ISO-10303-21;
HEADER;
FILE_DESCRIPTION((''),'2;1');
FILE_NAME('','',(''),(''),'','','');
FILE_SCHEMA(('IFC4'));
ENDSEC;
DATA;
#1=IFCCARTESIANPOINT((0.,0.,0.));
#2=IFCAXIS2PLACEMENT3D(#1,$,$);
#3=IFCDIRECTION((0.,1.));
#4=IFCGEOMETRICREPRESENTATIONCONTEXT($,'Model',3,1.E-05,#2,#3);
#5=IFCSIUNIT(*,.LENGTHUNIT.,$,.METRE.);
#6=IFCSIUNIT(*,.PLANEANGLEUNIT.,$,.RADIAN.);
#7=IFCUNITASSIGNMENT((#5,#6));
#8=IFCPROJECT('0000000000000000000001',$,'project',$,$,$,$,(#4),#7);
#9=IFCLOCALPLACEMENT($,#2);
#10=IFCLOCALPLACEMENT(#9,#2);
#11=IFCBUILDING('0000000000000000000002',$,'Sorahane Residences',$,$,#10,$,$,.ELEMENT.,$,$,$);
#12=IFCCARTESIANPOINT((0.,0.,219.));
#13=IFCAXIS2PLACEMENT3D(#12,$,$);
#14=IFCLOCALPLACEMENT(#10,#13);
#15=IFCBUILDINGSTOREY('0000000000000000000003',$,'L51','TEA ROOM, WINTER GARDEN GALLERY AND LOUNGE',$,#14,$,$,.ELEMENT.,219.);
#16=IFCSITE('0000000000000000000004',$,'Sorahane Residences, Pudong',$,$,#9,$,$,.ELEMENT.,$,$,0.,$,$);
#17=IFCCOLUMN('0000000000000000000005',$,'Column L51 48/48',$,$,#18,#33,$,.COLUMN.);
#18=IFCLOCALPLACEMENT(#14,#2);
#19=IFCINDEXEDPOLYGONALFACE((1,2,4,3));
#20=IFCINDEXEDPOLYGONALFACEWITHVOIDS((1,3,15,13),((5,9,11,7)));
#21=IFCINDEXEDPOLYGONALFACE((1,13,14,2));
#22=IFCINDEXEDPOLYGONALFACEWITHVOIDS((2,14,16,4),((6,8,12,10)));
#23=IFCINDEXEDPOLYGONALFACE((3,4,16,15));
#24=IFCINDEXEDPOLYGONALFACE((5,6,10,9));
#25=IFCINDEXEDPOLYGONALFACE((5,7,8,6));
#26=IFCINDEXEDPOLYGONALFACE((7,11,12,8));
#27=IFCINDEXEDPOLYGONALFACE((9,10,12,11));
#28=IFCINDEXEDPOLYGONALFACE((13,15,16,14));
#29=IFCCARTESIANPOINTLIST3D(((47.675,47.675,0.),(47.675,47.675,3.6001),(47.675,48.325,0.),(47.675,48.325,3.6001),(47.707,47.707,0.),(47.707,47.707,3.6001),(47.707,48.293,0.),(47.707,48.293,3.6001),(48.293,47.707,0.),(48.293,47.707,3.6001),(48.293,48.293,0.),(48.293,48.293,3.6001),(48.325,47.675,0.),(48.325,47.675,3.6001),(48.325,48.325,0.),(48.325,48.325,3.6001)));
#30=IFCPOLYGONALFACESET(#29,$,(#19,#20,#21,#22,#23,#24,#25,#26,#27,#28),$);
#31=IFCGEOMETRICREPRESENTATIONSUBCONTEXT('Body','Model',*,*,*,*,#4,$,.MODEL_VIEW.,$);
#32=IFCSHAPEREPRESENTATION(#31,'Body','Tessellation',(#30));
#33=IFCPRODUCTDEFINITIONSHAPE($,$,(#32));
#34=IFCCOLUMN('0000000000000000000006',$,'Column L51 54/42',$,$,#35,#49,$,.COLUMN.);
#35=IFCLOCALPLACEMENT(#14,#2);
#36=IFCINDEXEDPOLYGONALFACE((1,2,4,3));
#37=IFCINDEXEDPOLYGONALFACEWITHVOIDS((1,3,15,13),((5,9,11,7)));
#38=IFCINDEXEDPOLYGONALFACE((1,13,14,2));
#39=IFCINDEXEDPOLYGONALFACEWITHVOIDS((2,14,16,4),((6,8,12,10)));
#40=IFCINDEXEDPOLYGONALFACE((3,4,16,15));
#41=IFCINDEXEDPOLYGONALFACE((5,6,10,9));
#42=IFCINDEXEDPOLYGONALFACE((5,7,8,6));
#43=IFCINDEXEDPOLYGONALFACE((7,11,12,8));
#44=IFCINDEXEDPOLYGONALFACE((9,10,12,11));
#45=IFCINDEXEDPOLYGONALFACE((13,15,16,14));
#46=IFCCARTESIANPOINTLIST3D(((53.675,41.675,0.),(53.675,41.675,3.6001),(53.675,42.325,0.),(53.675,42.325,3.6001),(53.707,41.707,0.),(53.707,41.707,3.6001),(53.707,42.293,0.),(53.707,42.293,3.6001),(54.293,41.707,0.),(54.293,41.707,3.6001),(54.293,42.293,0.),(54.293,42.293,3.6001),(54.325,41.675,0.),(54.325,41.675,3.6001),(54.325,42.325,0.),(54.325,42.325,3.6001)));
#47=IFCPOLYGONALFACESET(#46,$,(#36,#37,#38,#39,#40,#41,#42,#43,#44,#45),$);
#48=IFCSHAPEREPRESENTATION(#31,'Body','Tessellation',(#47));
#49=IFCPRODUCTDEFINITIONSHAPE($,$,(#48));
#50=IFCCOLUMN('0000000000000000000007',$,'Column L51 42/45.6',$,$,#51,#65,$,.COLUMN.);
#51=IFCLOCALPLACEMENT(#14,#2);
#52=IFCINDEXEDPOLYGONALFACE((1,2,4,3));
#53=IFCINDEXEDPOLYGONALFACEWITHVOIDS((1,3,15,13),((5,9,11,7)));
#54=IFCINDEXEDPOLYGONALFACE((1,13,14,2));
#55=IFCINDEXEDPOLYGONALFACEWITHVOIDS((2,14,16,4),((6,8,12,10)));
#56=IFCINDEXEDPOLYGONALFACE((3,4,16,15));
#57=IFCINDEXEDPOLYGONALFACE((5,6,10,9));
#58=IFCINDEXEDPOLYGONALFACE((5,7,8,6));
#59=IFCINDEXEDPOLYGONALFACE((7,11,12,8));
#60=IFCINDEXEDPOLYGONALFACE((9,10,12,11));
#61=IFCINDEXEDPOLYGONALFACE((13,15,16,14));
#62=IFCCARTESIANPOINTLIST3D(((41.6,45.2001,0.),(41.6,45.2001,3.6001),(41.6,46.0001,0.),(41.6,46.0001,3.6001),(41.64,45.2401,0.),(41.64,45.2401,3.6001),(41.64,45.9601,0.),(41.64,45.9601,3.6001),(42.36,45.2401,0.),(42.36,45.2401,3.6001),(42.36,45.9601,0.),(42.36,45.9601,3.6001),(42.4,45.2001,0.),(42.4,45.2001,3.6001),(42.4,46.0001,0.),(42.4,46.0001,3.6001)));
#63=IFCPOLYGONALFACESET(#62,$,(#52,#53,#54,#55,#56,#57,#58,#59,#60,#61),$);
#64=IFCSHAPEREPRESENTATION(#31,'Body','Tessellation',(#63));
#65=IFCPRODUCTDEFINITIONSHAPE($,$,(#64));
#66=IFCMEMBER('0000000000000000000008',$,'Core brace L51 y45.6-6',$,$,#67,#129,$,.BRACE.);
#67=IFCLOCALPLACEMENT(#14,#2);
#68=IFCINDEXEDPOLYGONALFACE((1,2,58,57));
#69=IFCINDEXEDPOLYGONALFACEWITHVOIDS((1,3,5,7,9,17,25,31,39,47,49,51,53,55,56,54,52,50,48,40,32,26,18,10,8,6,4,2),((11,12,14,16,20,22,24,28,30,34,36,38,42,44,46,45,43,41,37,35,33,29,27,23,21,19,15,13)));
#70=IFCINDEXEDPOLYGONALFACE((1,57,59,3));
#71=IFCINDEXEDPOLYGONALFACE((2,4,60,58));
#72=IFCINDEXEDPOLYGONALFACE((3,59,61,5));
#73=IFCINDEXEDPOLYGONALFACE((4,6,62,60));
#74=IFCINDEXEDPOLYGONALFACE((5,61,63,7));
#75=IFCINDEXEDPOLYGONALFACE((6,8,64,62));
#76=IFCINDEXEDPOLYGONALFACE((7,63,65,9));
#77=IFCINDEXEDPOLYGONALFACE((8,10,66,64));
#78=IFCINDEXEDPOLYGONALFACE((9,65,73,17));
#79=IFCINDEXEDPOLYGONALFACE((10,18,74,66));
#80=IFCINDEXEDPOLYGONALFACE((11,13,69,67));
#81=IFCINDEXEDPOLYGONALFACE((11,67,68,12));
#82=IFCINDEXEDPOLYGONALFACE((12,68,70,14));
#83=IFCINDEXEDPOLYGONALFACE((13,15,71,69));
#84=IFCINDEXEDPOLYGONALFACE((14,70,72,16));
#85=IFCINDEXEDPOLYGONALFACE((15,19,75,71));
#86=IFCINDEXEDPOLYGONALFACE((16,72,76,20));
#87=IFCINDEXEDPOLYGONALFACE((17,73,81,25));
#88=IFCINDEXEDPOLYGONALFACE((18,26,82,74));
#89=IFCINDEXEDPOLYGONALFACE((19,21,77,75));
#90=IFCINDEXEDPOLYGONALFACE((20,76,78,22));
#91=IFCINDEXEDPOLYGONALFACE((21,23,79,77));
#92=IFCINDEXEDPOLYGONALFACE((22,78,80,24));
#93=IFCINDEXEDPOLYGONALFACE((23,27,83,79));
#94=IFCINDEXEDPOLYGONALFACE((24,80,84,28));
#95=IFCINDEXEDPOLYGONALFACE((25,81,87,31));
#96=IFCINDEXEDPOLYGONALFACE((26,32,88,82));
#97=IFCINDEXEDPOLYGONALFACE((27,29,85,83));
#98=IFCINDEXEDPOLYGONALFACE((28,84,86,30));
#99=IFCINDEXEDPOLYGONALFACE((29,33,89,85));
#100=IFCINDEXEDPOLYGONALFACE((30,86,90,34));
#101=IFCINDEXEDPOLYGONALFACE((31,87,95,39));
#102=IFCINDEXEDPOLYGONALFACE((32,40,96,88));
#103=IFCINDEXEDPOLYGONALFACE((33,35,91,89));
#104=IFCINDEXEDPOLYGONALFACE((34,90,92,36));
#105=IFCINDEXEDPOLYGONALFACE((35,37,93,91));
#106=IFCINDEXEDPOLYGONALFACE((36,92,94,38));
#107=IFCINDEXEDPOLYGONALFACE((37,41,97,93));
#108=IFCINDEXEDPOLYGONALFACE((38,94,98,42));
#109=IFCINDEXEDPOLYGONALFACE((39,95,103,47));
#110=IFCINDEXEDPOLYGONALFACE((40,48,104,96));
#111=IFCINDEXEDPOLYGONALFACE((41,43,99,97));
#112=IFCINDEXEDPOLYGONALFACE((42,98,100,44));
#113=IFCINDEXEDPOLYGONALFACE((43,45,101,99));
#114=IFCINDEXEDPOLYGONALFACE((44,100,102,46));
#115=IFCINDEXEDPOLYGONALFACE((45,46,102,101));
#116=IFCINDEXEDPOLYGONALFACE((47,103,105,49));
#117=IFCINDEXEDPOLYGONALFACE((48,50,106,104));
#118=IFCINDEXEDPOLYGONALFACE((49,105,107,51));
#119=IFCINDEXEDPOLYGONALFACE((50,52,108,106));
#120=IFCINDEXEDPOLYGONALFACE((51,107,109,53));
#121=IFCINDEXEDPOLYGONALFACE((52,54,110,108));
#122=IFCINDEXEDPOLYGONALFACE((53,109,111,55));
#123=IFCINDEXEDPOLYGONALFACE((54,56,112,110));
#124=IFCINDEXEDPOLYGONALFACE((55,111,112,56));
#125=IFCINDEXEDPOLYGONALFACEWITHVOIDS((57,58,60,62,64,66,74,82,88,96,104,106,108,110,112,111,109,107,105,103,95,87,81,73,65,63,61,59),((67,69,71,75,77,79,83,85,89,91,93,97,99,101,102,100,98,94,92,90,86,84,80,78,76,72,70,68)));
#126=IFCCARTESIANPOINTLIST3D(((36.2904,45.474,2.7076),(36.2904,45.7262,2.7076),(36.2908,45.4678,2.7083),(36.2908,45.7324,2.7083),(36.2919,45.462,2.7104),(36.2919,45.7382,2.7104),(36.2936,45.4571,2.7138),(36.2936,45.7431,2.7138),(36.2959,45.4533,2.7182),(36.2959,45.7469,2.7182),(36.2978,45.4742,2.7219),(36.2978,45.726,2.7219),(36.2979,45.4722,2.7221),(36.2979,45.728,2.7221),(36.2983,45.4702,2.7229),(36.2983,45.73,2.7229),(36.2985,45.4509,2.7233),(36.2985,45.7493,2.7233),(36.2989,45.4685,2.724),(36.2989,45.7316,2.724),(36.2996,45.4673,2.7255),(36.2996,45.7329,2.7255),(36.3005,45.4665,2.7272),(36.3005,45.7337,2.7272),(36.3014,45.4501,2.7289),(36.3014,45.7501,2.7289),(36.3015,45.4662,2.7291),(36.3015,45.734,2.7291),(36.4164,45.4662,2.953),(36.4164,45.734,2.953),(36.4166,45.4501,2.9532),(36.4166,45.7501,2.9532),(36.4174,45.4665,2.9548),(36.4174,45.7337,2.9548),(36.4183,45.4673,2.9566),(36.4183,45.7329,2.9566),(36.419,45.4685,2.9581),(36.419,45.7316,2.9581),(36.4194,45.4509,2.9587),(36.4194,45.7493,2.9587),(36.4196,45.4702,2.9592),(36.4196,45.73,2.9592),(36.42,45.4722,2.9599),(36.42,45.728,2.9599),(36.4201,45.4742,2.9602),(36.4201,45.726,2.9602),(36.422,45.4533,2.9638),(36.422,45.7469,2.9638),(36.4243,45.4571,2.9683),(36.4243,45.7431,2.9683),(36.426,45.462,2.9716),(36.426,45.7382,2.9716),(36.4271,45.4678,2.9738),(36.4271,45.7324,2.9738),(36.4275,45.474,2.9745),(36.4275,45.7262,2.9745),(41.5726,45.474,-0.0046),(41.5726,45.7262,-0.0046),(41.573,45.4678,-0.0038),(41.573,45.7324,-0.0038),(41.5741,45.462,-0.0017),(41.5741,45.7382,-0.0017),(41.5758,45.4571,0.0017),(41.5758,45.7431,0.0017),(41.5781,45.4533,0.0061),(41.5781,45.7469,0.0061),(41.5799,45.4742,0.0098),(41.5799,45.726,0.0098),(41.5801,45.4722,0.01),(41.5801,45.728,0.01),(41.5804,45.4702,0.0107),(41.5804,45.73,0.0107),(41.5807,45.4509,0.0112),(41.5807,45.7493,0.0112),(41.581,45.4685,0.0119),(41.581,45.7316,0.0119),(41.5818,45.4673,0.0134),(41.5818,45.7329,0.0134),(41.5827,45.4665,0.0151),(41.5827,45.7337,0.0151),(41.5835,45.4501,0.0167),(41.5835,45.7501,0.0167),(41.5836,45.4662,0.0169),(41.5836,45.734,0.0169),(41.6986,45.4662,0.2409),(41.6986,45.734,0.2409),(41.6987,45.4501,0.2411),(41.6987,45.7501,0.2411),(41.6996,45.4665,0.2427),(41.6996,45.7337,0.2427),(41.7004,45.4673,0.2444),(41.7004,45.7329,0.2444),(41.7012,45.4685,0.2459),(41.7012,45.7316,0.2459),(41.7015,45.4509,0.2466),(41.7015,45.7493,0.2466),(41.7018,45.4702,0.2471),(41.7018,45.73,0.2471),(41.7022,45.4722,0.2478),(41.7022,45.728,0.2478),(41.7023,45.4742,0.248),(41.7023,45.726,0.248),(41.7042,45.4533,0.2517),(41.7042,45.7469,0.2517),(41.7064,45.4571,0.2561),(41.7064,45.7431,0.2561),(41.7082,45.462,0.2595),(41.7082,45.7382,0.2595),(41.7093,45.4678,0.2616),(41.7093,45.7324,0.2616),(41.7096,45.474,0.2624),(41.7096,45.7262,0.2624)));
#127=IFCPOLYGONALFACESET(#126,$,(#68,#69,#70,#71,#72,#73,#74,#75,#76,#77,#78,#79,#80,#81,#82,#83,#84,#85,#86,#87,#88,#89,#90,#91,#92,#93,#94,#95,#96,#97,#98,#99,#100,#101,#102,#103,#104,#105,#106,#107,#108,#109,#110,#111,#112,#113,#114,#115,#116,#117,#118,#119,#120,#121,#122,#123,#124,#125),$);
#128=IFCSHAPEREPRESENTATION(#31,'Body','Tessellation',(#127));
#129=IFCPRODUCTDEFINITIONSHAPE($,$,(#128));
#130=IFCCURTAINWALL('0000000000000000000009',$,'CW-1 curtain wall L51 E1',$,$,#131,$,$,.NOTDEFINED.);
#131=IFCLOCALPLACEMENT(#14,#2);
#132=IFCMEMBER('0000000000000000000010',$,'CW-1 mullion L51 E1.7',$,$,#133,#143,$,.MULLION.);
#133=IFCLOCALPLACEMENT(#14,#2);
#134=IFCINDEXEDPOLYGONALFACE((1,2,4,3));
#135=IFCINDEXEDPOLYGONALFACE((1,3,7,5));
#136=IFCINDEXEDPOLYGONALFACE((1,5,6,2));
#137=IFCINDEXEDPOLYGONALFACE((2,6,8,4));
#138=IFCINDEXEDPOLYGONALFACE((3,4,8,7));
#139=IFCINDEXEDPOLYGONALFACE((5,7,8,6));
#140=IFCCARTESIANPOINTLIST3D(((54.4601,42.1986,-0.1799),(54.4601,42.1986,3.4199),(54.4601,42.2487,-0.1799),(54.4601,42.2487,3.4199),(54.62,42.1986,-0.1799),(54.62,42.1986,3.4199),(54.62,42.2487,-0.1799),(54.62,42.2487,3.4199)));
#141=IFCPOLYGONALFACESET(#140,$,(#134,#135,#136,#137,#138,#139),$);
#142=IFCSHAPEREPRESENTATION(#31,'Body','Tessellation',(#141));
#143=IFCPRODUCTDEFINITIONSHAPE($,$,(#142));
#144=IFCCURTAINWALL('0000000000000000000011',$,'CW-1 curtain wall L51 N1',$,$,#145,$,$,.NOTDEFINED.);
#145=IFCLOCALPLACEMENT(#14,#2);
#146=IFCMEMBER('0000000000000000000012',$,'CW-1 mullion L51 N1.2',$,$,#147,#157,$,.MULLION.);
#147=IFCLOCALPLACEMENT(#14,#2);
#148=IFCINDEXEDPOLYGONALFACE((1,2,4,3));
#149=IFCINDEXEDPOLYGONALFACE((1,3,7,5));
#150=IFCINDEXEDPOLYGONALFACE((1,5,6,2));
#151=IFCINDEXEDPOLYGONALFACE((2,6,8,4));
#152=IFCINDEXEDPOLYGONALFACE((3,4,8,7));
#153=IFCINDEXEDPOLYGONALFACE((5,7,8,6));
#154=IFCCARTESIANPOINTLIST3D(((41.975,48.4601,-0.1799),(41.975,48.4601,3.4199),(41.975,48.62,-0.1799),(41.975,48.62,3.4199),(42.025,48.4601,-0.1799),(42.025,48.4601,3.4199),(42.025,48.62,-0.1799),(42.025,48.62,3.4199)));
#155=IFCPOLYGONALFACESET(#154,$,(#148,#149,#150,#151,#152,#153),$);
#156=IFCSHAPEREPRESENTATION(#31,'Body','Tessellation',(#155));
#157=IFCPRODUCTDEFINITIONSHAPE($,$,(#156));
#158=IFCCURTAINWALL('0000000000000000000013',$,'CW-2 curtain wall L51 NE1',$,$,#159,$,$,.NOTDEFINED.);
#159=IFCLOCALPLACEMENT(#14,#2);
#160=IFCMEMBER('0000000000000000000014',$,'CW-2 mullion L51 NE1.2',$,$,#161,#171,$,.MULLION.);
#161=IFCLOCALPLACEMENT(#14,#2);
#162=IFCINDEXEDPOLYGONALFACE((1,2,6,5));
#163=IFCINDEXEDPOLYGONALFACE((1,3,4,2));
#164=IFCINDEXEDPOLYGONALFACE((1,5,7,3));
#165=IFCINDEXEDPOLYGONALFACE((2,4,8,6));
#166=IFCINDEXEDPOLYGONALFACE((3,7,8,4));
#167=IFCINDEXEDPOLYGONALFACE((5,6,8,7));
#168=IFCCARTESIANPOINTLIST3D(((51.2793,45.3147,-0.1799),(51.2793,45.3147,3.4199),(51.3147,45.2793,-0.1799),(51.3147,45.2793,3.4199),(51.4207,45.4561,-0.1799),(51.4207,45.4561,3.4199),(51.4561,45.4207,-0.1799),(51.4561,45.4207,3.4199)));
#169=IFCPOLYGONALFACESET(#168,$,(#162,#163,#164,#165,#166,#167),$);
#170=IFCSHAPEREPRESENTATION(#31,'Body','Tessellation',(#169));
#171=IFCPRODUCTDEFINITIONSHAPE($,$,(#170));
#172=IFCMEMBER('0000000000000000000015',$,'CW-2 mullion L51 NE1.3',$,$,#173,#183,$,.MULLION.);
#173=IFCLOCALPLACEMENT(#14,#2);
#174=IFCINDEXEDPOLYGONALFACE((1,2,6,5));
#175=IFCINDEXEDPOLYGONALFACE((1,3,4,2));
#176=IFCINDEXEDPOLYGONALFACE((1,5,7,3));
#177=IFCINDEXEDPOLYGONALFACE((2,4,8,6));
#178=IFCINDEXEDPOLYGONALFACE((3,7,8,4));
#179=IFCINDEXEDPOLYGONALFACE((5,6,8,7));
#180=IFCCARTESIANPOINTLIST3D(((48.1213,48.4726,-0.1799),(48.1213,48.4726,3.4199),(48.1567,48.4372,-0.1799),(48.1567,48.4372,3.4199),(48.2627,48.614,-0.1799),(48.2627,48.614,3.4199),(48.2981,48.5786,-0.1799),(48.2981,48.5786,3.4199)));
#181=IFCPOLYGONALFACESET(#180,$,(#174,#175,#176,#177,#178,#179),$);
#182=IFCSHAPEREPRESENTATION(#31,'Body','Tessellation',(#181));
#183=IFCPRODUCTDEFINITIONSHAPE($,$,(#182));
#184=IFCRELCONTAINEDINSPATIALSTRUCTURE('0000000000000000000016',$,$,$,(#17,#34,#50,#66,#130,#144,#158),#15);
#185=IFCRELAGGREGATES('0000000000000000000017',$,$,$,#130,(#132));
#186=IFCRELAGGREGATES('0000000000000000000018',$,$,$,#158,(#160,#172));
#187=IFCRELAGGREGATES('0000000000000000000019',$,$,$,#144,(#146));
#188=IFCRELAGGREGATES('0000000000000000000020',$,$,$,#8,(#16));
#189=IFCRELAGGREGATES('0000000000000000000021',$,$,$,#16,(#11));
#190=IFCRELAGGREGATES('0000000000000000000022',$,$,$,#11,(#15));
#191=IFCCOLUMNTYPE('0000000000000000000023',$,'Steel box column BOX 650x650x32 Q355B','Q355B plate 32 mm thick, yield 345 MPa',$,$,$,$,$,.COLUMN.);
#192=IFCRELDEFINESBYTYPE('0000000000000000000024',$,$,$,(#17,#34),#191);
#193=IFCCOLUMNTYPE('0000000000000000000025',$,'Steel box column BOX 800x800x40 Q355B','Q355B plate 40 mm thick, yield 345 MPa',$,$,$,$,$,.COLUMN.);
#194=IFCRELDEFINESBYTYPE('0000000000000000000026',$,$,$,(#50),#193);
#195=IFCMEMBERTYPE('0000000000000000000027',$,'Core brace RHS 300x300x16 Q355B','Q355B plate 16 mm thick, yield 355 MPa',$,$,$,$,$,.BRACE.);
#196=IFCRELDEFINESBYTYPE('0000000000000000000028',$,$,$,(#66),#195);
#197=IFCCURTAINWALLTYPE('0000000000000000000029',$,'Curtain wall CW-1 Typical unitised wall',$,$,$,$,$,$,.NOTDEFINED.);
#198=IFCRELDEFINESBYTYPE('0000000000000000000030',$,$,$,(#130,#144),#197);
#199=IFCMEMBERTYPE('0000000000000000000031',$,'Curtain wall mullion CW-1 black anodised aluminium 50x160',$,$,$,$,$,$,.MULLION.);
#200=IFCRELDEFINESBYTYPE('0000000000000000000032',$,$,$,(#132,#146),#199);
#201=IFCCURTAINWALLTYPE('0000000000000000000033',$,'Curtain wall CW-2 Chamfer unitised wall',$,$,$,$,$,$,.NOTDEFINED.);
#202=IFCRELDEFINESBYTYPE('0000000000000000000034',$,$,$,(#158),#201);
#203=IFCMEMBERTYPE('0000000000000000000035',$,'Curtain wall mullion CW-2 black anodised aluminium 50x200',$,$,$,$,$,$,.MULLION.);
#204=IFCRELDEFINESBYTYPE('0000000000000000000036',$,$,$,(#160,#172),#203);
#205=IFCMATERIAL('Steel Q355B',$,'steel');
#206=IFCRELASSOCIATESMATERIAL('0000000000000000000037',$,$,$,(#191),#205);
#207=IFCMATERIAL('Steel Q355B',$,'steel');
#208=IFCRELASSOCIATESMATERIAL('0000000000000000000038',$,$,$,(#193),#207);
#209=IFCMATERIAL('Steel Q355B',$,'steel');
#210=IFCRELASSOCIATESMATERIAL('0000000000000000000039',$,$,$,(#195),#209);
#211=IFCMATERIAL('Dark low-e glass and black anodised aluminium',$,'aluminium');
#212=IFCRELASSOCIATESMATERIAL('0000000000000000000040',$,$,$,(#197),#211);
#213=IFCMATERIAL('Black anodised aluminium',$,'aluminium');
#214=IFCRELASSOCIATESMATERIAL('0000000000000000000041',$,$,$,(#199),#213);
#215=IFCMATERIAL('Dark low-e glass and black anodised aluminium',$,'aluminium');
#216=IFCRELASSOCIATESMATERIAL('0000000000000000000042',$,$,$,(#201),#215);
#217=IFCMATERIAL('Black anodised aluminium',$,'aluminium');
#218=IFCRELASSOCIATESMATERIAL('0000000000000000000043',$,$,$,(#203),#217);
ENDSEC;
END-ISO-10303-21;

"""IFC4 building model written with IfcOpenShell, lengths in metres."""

from ifc_helpers import new_model, si_unit, direction, frame, origin, origin_2d, place, context, subcontext, project, spatial, rectangle, hollow_rectangle, extrude, material, material_profile, profile_set, type_object, element, aggregate, save


model = new_model("IFC4")

# Units and contexts
model_context = context("Model", 3, precision=1e-05, world=origin(), true_north=direction((0.0, 1.0)))
body_context = subcontext(model_context, "Body", "Model", "MODEL_VIEW")
ifc_project = project(units=[si_unit("LENGTHUNIT", "METRE"), si_unit("PLANEANGLEUNIT", "RADIAN")], contexts=[model_context])

# Site, building, storey
site_placement = place(None, origin())
site = spatial("IfcSite", under=ifc_project, at=site_placement, Name="Sorahane Residences, Pudong", CompositionType="ELEMENT", RefElevation=0.0)
building_placement = place(site_placement, origin())
building = spatial("IfcBuilding", under=site, at=building_placement, Name="Sorahane Residences", CompositionType="ELEMENT")
storey_placement = place(building_placement, frame((0.0, 0.0, 219.0)))
storey = spatial("IfcBuildingStorey", under=building, at=storey_placement, Name="L51", Description="TEA ROOM, WINTER GARDEN GALLERY AND LOUNGE", CompositionType="ELEMENT", Elevation=219.0)

# Columns
ifc_material_1 = material(Name="Steel Q355B", Category="steel")
ifc_material_profile_1 = material_profile(ifc_material_1, hollow_rectangle(XDim=0.6499, YDim=0.6499, WallThickness=0.032, at=origin_2d()), Name="BOX 650x650x32")
ifc_profile_set_1 = profile_set([ifc_material_profile_1], Name="Steel Q355B")
column_type_1 = type_object("IfcColumnType", Name="Steel box column BOX 650x650x32 Q355B", Description="Q355B plate 32 mm thick, yield 345 MPa", PredefinedType="COLUMN", material=ifc_profile_set_1)
for number, where, z_axis, x_axis, name in (
    (1, (48.0, 48.0, 0.0), (0.0, 0.0, 1.0), (1.0, 0.0, 0.0), "Column L51 48/48"),
    (2, (54.0, 42.0, 0.0), (0.0, 0.0, 1.0), (1.0, 0.0, 0.0), "Column L51 54/42"),
):
    element("IfcColumn", number, at=place(storey_placement, frame(where, z_axis=z_axis, x_axis=x_axis)), inside=storey, type_object=column_type_1, Name=name, PredefinedType="COLUMN", context=body_context, shape_type="SweptSolid", body=[
        extrude(hollow_rectangle(XDim=0.6499, YDim=0.6499, WallThickness=0.032, at=origin_2d()), origin(), (0.0, 0.0, 1.0), 3.6001),
    ])
ifc_material_2 = material(Name="Steel Q355B", Category="steel")
ifc_material_profile_2 = material_profile(ifc_material_2, hollow_rectangle(XDim=0.8, YDim=0.8, WallThickness=0.04, at=origin_2d()), Name="BOX 800x800x40")
ifc_profile_set_2 = profile_set([ifc_material_profile_2], Name="Steel Q355B")
column_type_2 = type_object("IfcColumnType", Name="Steel box column BOX 800x800x40 Q355B", Description="Q355B plate 40 mm thick, yield 345 MPa", PredefinedType="COLUMN", material=ifc_profile_set_2)
column_placement = place(storey_placement, frame((42.0, 45.6001, 0.0), z_axis=(0.0, 0.0, 1.0), x_axis=(1.0, 0.0, 0.0)))
element("IfcColumn", 3, at=column_placement, inside=storey, type_object=column_type_2, Name="Column L51 42/45.6", PredefinedType="COLUMN", context=body_context, shape_type="SweptSolid", body=[
    extrude(hollow_rectangle(XDim=0.8, YDim=0.8, WallThickness=0.04, at=origin_2d()), origin(), (0.0, 0.0, 1.0), 3.6001),
])

# Member
ifc_material_3 = material(Name="Steel Q355B", Category="steel")
ifc_material_profile_3 = material_profile(ifc_material_3, hollow_rectangle(XDim=0.3, YDim=0.3, WallThickness=0.0161, InnerFilletRadius=0.0081, OuterFilletRadius=0.0239, at=origin_2d()), Name="RHS 300x300x16")
ifc_profile_set_3 = profile_set([ifc_material_profile_3], Name="Steel Q355B")
member_type_1 = type_object("IfcMemberType", Name="Core brace RHS 300x300x16 Q355B", Description="Q355B plate 16 mm thick, yield 355 MPa", PredefinedType="BRACE", material=ifc_profile_set_3)
member_1_placement = place(storey_placement, frame((41.6411, 45.6001, 0.1289), z_axis=(-0.88959, 0.0, 0.45676), x_axis=(0.0, -1.0, 0.0)))
element("IfcMember", 4, at=member_1_placement, inside=storey, type_object=member_type_1, Name="Core brace L51 y45.6-6", PredefinedType="BRACE", context=body_context, shape_type="SweptSolid", body=[
    extrude(hollow_rectangle(XDim=0.3, YDim=0.3, WallThickness=0.0161, InnerFilletRadius=0.0081, OuterFilletRadius=0.0239, at=origin_2d()), origin(), (0.0, 0.0, 1.0), 5.9377),
])

# Curtain walls, members
ifc_material_4 = material(Name="Dark low-e glass and black anodised aluminium", Category="aluminium")
curtain_wall_type_1 = type_object("IfcCurtainWallType", Name="Curtain wall CW-1 Typical unitised wall", PredefinedType="NOTDEFINED", material=ifc_material_4)
curtain_wall_1_placement = place(storey_placement, origin())
curtain_wall_1 = element("IfcCurtainWall", 5, at=curtain_wall_1_placement, inside=storey, type_object=curtain_wall_type_1, Name="CW-1 curtain wall L51 E1", PredefinedType="NOTDEFINED")
ifc_material_5 = material(Name="Black anodised aluminium", Category="aluminium")
ifc_material_profile_4 = material_profile(ifc_material_5, rectangle(XDim=0.1599, YDim=0.05, at=origin_2d()), Name="Curtain wall mullion CW-1 black anodised aluminium 50x160")
ifc_profile_set_4 = profile_set([ifc_material_profile_4], Name="Black anodised aluminium")
member_type_2 = type_object("IfcMemberType", Name="Curtain wall mullion CW-1 black anodised aluminium 50x160", PredefinedType="MULLION", material=ifc_profile_set_4)
member_2_placement = place(storey_placement, frame((54.54, 42.2236, -0.1799), z_axis=(0.0, 0.0, 1.0), x_axis=(1.0, 0.0, 0.0)))
member_2 = element("IfcMember", 6, at=member_2_placement, type_object=member_type_2, Name="CW-1 mullion L51 E1.7", PredefinedType="MULLION", context=body_context, shape_type="SweptSolid", body=[
    extrude(rectangle(XDim=0.1599, YDim=0.05, at=origin_2d()), origin(), (0.0, 0.0, 1.0), 3.5999),
])
aggregate(curtain_wall_1, [member_2])
curtain_wall_2_placement = place(storey_placement, origin())
curtain_wall_2 = element("IfcCurtainWall", 7, at=curtain_wall_2_placement, inside=storey, type_object=curtain_wall_type_1, Name="CW-1 curtain wall L51 N1", PredefinedType="NOTDEFINED")
member_3_placement = place(storey_placement, frame((42.0, 48.54, -0.1799), z_axis=(0.0, 0.0, 1.0), x_axis=(0.0, 1.0, 0.0)))
member_3 = element("IfcMember", 8, at=member_3_placement, type_object=member_type_2, Name="CW-1 mullion L51 N1.2", PredefinedType="MULLION", context=body_context, shape_type="SweptSolid", body=[
    extrude(rectangle(XDim=0.1599, YDim=0.05, at=origin_2d()), origin(), (0.0, 0.0, 1.0), 3.5999),
])

# Curtain wall, members
ifc_material_6 = material(Name="Dark low-e glass and black anodised aluminium", Category="aluminium")
curtain_wall_type_2 = type_object("IfcCurtainWallType", Name="Curtain wall CW-2 Chamfer unitised wall", PredefinedType="NOTDEFINED", material=ifc_material_6)
curtain_wall_3_placement = place(storey_placement, origin())
curtain_wall_3 = element("IfcCurtainWall", 9, at=curtain_wall_3_placement, inside=storey, type_object=curtain_wall_type_2, Name="CW-2 curtain wall L51 NE1", PredefinedType="NOTDEFINED")
ifc_material_7 = material(Name="Black anodised aluminium", Category="aluminium")
ifc_material_profile_5 = material_profile(ifc_material_7, rectangle(XDim=0.2, YDim=0.05, at=origin_2d()), Name="Curtain wall mullion CW-2 black anodised aluminium 50x200")
ifc_profile_set_5 = profile_set([ifc_material_profile_5], Name="Black anodised aluminium")
member_type_3 = type_object("IfcMemberType", Name="Curtain wall mullion CW-2 black anodised aluminium 50x200", PredefinedType="MULLION", material=ifc_profile_set_5)
member_4_placement = place(storey_placement, frame((51.3677, 45.3677, -0.1799), z_axis=(0.0, 0.0, 1.0), x_axis=(0.707107, 0.707107, 0.0)))
member_4 = element("IfcMember", 10, at=member_4_placement, type_object=member_type_3, Name="CW-2 mullion L51 NE1.2", PredefinedType="MULLION", context=body_context, shape_type="SweptSolid", body=[
    extrude(rectangle(XDim=0.2, YDim=0.05, at=origin_2d()), origin(), (0.0, 0.0, 1.0), 3.5999),
])
member_5_placement = place(storey_placement, frame((48.2097, 48.5256, -0.1799), z_axis=(0.0, 0.0, 1.0), x_axis=(0.707107, 0.707107, 0.0)))
member_5 = element("IfcMember", 11, at=member_5_placement, type_object=member_type_3, Name="CW-2 mullion L51 NE1.3", PredefinedType="MULLION", context=body_context, shape_type="SweptSolid", body=[
    extrude(rectangle(XDim=0.2, YDim=0.05, at=origin_2d()), origin(), (0.0, 0.0, 1.0), 3.5999),
])

aggregate(curtain_wall_3, [member_4, member_5])
aggregate(curtain_wall_2, [member_3])

save(model, "model.ifc")
